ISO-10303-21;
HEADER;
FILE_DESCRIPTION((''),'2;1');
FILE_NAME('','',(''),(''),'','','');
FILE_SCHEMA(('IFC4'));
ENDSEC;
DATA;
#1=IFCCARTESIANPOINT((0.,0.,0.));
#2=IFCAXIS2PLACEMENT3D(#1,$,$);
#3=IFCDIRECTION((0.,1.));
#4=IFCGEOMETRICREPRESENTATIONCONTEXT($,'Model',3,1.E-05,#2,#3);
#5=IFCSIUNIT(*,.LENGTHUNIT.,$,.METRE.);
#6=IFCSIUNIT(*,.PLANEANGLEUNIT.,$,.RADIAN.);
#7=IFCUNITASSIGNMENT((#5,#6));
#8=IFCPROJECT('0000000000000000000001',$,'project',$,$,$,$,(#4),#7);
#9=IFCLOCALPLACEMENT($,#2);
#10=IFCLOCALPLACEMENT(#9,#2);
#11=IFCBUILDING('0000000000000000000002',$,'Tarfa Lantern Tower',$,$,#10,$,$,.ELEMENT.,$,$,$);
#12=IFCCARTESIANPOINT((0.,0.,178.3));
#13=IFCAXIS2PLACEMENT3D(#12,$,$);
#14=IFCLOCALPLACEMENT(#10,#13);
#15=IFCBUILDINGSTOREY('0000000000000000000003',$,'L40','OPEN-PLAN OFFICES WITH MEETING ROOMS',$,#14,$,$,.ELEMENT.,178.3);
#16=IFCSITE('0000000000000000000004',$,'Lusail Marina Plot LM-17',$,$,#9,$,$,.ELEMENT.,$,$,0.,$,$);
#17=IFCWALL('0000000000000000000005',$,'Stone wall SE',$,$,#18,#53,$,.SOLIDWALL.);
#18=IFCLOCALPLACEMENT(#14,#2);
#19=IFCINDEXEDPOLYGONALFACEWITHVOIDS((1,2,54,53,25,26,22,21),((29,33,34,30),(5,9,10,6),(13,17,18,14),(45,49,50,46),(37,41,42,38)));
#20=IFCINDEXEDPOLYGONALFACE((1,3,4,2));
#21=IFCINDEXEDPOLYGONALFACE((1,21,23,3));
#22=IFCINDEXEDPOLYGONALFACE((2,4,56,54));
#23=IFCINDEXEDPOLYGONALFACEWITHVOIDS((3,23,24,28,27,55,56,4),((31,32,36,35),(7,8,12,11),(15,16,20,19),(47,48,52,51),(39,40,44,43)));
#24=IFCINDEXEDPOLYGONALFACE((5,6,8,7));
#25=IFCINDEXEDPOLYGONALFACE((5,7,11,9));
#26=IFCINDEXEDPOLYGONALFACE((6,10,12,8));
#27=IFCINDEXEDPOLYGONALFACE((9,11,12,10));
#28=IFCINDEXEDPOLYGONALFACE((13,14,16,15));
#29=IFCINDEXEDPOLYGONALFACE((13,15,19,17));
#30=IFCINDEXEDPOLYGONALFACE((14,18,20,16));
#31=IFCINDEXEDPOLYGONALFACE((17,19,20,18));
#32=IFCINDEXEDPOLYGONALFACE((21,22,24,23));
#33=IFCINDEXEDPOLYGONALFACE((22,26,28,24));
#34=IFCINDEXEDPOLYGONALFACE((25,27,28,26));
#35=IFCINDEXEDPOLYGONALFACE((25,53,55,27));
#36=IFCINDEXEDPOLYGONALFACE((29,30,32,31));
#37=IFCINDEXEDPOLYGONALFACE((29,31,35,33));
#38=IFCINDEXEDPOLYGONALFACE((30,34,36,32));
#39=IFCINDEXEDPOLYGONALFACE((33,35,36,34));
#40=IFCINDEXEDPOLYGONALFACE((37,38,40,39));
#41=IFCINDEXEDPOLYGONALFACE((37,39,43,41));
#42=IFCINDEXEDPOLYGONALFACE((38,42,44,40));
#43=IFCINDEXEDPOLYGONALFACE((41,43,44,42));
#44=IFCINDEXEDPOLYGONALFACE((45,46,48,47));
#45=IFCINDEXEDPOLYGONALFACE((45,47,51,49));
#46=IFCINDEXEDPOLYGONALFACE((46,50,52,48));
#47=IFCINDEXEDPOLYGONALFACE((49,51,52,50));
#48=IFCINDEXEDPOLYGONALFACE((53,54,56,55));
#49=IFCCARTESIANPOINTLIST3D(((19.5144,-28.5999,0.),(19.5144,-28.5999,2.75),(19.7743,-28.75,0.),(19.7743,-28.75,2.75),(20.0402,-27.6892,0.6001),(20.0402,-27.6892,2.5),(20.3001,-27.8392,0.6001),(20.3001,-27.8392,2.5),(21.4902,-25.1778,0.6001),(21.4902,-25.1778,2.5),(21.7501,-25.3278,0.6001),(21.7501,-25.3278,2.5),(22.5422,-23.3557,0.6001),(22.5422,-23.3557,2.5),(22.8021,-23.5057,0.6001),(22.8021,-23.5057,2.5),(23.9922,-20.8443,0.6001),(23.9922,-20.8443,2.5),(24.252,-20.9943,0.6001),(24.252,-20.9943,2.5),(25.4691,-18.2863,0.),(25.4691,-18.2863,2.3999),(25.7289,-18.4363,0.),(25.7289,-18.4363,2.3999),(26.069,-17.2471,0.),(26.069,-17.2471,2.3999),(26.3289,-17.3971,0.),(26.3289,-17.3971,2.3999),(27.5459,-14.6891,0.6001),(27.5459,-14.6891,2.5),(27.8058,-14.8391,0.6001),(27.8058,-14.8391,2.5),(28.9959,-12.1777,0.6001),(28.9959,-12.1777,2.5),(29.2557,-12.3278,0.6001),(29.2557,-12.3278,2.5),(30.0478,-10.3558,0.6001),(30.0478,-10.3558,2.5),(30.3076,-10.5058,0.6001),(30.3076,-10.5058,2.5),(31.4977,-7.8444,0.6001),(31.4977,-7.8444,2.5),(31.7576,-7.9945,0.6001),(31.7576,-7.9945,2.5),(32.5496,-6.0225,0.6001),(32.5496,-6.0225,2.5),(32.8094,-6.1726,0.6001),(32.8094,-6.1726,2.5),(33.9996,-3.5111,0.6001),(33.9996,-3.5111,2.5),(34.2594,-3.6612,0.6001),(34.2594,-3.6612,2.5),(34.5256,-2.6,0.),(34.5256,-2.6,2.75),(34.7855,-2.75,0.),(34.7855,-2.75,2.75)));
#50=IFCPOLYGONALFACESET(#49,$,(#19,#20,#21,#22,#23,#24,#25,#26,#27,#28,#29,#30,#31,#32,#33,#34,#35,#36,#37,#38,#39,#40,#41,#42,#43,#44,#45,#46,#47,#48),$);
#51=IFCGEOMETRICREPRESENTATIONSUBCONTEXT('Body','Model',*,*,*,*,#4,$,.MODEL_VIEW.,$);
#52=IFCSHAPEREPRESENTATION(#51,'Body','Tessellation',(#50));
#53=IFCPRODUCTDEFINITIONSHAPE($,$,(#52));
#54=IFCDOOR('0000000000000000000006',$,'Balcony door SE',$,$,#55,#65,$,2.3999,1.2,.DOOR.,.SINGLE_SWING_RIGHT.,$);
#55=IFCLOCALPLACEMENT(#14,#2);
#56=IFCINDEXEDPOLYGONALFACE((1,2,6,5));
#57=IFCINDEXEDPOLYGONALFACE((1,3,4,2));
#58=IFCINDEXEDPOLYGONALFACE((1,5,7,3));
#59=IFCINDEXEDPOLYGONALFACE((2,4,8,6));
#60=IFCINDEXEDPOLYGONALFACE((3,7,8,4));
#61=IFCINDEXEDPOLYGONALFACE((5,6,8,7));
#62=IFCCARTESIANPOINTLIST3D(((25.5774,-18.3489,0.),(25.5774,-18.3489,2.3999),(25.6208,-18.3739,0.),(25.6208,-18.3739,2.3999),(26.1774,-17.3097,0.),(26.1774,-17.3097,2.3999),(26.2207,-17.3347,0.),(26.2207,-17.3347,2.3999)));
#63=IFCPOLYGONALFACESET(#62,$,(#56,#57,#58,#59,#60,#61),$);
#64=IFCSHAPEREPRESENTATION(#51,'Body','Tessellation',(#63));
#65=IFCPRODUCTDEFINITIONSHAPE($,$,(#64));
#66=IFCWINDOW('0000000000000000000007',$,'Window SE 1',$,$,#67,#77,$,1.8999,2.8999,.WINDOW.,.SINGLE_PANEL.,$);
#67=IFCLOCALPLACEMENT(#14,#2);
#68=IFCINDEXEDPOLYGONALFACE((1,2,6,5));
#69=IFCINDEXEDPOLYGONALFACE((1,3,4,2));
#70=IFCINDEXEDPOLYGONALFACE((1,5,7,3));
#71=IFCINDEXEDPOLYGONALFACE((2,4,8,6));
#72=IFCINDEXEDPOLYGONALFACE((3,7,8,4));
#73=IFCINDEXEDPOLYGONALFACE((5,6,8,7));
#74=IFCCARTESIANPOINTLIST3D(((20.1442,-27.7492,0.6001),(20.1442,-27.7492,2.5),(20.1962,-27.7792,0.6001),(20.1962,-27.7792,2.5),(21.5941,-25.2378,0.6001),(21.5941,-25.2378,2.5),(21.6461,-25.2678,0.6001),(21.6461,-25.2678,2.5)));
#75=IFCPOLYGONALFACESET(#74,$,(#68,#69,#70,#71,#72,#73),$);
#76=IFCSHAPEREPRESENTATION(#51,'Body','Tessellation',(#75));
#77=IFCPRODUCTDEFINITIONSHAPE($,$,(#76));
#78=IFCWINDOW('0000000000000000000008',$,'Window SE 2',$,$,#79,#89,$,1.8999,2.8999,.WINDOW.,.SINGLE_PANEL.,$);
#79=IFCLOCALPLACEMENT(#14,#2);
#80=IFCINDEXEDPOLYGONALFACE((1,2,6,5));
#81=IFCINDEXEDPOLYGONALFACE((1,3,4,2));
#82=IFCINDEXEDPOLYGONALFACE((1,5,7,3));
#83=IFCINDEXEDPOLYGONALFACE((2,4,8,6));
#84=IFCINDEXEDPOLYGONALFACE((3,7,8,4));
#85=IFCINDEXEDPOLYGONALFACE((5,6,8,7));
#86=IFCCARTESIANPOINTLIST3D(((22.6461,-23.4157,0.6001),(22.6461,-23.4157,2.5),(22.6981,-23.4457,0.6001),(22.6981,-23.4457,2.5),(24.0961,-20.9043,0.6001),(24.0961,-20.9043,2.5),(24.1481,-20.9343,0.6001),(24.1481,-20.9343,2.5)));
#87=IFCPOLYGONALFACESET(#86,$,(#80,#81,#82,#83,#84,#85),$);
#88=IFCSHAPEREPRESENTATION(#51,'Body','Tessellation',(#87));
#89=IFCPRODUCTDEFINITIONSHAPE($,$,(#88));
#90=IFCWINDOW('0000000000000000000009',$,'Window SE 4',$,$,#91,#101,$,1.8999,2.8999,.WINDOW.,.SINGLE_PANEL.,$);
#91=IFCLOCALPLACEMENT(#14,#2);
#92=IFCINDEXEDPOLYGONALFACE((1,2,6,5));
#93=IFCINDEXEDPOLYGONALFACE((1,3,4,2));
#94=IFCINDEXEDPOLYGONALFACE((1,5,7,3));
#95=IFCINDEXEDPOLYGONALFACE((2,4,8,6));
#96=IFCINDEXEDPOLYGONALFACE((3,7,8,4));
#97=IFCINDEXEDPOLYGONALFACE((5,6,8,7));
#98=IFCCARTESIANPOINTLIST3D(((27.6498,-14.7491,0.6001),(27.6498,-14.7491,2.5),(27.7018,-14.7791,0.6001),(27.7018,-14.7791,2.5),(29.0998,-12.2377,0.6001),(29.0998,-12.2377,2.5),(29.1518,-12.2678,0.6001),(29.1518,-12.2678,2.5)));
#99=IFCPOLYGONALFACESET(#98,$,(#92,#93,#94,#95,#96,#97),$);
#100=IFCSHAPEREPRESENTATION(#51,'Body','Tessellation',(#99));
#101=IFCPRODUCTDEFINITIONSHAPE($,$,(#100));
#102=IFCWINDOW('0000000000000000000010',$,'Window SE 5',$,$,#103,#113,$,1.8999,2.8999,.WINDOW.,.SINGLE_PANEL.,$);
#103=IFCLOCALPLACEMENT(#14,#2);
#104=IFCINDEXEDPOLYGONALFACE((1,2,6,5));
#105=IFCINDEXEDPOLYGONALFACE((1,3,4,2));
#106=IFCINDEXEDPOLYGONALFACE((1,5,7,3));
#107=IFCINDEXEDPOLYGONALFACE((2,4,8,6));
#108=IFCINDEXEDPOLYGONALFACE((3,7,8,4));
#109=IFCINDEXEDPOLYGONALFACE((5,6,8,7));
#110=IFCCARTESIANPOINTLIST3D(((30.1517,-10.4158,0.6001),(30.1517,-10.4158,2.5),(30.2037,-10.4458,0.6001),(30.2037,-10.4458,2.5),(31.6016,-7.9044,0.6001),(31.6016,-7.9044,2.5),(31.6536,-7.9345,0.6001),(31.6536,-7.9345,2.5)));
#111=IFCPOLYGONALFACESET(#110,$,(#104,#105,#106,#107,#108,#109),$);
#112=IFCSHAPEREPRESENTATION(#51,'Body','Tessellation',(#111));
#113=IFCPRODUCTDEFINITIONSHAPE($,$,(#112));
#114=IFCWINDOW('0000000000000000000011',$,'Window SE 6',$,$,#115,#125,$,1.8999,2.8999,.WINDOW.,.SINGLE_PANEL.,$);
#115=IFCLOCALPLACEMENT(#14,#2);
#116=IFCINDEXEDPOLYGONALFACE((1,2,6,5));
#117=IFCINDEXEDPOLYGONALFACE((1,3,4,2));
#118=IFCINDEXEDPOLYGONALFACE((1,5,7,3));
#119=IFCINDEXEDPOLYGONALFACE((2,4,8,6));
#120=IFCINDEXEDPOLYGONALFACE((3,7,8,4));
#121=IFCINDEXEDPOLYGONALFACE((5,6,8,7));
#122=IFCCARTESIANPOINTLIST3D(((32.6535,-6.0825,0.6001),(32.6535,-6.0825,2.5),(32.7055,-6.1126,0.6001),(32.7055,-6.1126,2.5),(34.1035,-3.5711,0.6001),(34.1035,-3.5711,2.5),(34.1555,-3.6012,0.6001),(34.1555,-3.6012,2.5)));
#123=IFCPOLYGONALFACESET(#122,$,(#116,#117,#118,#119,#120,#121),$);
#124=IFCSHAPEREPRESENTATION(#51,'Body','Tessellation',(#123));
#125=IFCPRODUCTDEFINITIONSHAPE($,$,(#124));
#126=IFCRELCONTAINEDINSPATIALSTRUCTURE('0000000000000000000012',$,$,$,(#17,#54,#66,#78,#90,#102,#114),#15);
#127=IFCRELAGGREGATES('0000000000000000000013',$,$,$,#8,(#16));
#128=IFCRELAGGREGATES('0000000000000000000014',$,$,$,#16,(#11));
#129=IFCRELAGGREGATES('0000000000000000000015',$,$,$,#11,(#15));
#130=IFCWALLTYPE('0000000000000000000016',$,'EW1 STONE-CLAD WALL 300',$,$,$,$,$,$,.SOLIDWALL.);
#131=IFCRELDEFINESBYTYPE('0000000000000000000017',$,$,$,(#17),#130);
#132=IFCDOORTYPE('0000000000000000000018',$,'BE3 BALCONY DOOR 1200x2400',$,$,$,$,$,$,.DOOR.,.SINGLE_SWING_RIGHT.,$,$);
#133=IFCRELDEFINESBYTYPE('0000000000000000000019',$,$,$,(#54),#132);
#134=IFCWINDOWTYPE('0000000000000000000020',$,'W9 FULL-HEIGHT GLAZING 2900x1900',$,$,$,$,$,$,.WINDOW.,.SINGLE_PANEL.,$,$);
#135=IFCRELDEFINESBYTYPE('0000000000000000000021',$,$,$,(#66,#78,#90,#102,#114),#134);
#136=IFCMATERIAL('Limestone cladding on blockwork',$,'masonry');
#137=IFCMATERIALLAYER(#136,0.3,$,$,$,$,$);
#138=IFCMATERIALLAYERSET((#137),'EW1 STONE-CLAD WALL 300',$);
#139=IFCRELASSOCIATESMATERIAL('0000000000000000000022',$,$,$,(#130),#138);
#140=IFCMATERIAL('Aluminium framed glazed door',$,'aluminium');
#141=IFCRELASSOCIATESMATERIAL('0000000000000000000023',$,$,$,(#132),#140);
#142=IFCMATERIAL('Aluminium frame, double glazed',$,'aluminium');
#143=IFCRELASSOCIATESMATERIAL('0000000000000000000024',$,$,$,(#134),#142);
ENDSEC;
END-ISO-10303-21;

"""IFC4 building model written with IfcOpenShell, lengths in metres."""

from ifc_helpers import new_model, si_unit, direction, frame, frame_2d, origin, place, context, subcontext, project, spatial, rectangle, extrude, material, layer, layer_set, type_object, element, fill, save


model = new_model("IFC4")

# Units and contexts
model_context = context("Model", 3, precision=1e-05, world=origin(), true_north=direction((0.0, 1.0)))
body_context = subcontext(model_context, "Body", "Model", "MODEL_VIEW")
ifc_project = project(units=[si_unit("LENGTHUNIT", "METRE"), si_unit("PLANEANGLEUNIT", "RADIAN")], contexts=[model_context])

# Site, building, storey
site_placement = place(None, origin())
site = spatial("IfcSite", under=ifc_project, at=site_placement, Name="Lusail Marina Plot LM-17", CompositionType="ELEMENT", RefElevation=0.0)
building_placement = place(site_placement, origin())
building = spatial("IfcBuilding", under=site, at=building_placement, Name="Tarfa Lantern Tower", CompositionType="ELEMENT")
storey_placement = place(building_placement, frame((0.0, 0.0, 178.3)))
storey = spatial("IfcBuildingStorey", under=building, at=storey_placement, Name="L40", Description="OPEN-PLAN OFFICES WITH MEETING ROOMS", CompositionType="ELEMENT", Elevation=178.3)

# Wall, openings, door, windows
ifc_material_1 = material(Name="Limestone cladding on blockwork", Category="masonry")
ifc_layer = layer(ifc_material_1, 0.3)
ifc_layer_set = layer_set([ifc_layer], Name="EW1 STONE-CLAD WALL 300")
wall_type = type_object("IfcWallType", Name="EW1 STONE-CLAD WALL 300", PredefinedType="SOLIDWALL", material=ifc_layer_set)
wall_placement = place(storey_placement, frame((19.6443, -28.675, 0.0), z_axis=(0.0, 0.0, 1.0), x_axis=(0.500003, 0.866024, 0.0)))
wall = element("IfcWall", 1, at=wall_placement, inside=storey, type_object=wall_type, Name="Stone wall SE", PredefinedType="SOLIDWALL", context=body_context, shape_type="SweptSolid", body=[
    extrude(rectangle(XDim=30.0222, YDim=0.3, at=frame_2d((15.0112, 0.0))), origin(), (0.0, 0.0, 1.0), 2.75),
])
opening_1_placement = place(wall_placement, frame((1.0518, 0.0, 0.6001)))
opening_1 = element("IfcOpeningElement", 2, at=opening_1_placement, cuts=wall, PredefinedType="OPENING", context=body_context, shape_type="SweptSolid", body=[
    extrude(rectangle(XDim=2.8999, YDim=1.8999, at=frame_2d((1.45, 0.95))), frame((0.0, 0.1599, 0.0), z_axis=(0.0, -1.0, 0.0), x_axis=(1.0, 0.0, 0.0)), (0.0, 0.0, 1.0), 0.3201),
])
opening_2_placement = place(wall_placement, frame((6.0557, 0.0, 0.6001)))
opening_2 = element("IfcOpeningElement", 3, at=opening_2_placement, cuts=wall, PredefinedType="OPENING", context=body_context, shape_type="SweptSolid", body=[
    extrude(rectangle(XDim=2.8999, YDim=1.8999, at=frame_2d((1.45, 0.95))), frame((0.0, 0.1599, 0.0), z_axis=(0.0, -1.0, 0.0), x_axis=(1.0, 0.0, 0.0)), (0.0, 0.0, 1.0), 0.3201),
])
opening_3_placement = place(wall_placement, frame((11.9092, 0.0, 0.0)))
opening_3 = element("IfcOpeningElement", 4, at=opening_3_placement, cuts=wall, PredefinedType="OPENING", context=body_context, shape_type="SweptSolid", body=[
    extrude(rectangle(XDim=1.2, YDim=2.3999, at=frame_2d((0.6001, 1.2))), frame((0.0, 0.1599, 0.0), z_axis=(0.0, -1.0, 0.0), x_axis=(1.0, 0.0, 0.0)), (0.0, 0.0, 1.0), 0.3201),
])
opening_4_placement = place(wall_placement, frame((16.063, 0.0, 0.6001)))
opening_4 = element("IfcOpeningElement", 5, at=opening_4_placement, cuts=wall, PredefinedType="OPENING", context=body_context, shape_type="SweptSolid", body=[
    extrude(rectangle(XDim=2.8999, YDim=1.8999, at=frame_2d((1.45, 0.95))), frame((0.0, 0.1599, 0.0), z_axis=(0.0, -1.0, 0.0), x_axis=(1.0, 0.0, 0.0)), (0.0, 0.0, 1.0), 0.3201),
])
opening_5_placement = place(wall_placement, frame((21.0667, 0.0, 0.6001)))
opening_5 = element("IfcOpeningElement", 6, at=opening_5_placement, cuts=wall, PredefinedType="OPENING", context=body_context, shape_type="SweptSolid", body=[
    extrude(rectangle(XDim=2.8999, YDim=1.8999, at=frame_2d((1.45, 0.95))), frame((0.0, 0.1599, 0.0), z_axis=(0.0, -1.0, 0.0), x_axis=(1.0, 0.0, 0.0)), (0.0, 0.0, 1.0), 0.3201),
])
opening_6_placement = place(wall_placement, frame((26.0703, 0.0, 0.6001)))
opening_6 = element("IfcOpeningElement", 7, at=opening_6_placement, cuts=wall, PredefinedType="OPENING", context=body_context, shape_type="SweptSolid", body=[
    extrude(rectangle(XDim=2.8999, YDim=1.8999, at=frame_2d((1.45, 0.95))), frame((0.0, 0.1599, 0.0), z_axis=(0.0, -1.0, 0.0), x_axis=(1.0, 0.0, 0.0)), (0.0, 0.0, 1.0), 0.3201),
])
ifc_material_2 = material(Name="Aluminium framed glazed door", Category="aluminium")
door_type = type_object("IfcDoorType", Name="BE3 BALCONY DOOR 1200x2400", OperationType="SINGLE_SWING_RIGHT", PredefinedType="DOOR", material=ifc_material_2)
door_placement = place(opening_3_placement, origin())
door = element("IfcDoor", 8, at=door_placement, inside=storey, type_object=door_type, Name="Balcony door SE", OperationType="SINGLE_SWING_RIGHT", OverallHeight=2.3999, OverallWidth=1.2, PredefinedType="DOOR", context=body_context, shape_type="SweptSolid", body=[
    extrude(rectangle(XDim=1.2, YDim=2.3999, at=frame_2d((0.6001, 1.2))), frame((0.0, 0.0249, 0.0), z_axis=(0.0, -1.0, 0.0), x_axis=(1.0, 0.0, 0.0)), (0.0, 0.0, 1.0), 0.05),
])
fill(opening_3, door)
ifc_material_3 = material(Name="Aluminium frame, double glazed", Category="aluminium")
window_type = type_object("IfcWindowType", Name="W9 FULL-HEIGHT GLAZING 2900x1900", PartitioningType="SINGLE_PANEL", PredefinedType="WINDOW", material=ifc_material_3)
window_1_placement = place(opening_1_placement, origin())
window_1 = element("IfcWindow", 9, at=window_1_placement, inside=storey, type_object=window_type, Name="Window SE 1", OverallHeight=1.8999, OverallWidth=2.8999, PartitioningType="SINGLE_PANEL", PredefinedType="WINDOW", context=body_context, shape_type="SweptSolid", body=[
    extrude(rectangle(XDim=2.8999, YDim=1.8999, at=frame_2d((1.45, 0.95))), frame((0.0, 0.03, 0.0), z_axis=(0.0, -1.0, 0.0), x_axis=(1.0, 0.0, 0.0)), (0.0, 0.0, 1.0), 0.0601),
])
fill(opening_1, window_1)
window_2_placement = place(opening_2_placement, origin())
window_2 = element("IfcWindow", 10, at=window_2_placement, inside=storey, type_object=window_type, Name="Window SE 2", OverallHeight=1.8999, OverallWidth=2.8999, PartitioningType="SINGLE_PANEL", PredefinedType="WINDOW", context=body_context, shape_type="SweptSolid", body=[
    extrude(rectangle(XDim=2.8999, YDim=1.8999, at=frame_2d((1.45, 0.95))), frame((0.0, 0.03, 0.0), z_axis=(0.0, -1.0, 0.0), x_axis=(1.0, 0.0, 0.0)), (0.0, 0.0, 1.0), 0.0601),
])
fill(opening_2, window_2)
window_3_placement = place(opening_4_placement, origin())
window_3 = element("IfcWindow", 11, at=window_3_placement, inside=storey, type_object=window_type, Name="Window SE 4", OverallHeight=1.8999, OverallWidth=2.8999, PartitioningType="SINGLE_PANEL", PredefinedType="WINDOW", context=body_context, shape_type="SweptSolid", body=[
    extrude(rectangle(XDim=2.8999, YDim=1.8999, at=frame_2d((1.45, 0.95))), frame((0.0, 0.03, 0.0), z_axis=(0.0, -1.0, 0.0), x_axis=(1.0, 0.0, 0.0)), (0.0, 0.0, 1.0), 0.0601),
])
fill(opening_4, window_3)
window_4_placement = place(opening_5_placement, origin())
window_4 = element("IfcWindow", 12, at=window_4_placement, inside=storey, type_object=window_type, Name="Window SE 5", OverallHeight=1.8999, OverallWidth=2.8999, PartitioningType="SINGLE_PANEL", PredefinedType="WINDOW", context=body_context, shape_type="SweptSolid", body=[
    extrude(rectangle(XDim=2.8999, YDim=1.8999, at=frame_2d((1.45, 0.95))), frame((0.0, 0.03, 0.0), z_axis=(0.0, -1.0, 0.0), x_axis=(1.0, 0.0, 0.0)), (0.0, 0.0, 1.0), 0.0601),
])
fill(opening_5, window_4)
window_5_placement = place(opening_6_placement, origin())
window_5 = element("IfcWindow", 13, at=window_5_placement, inside=storey, type_object=window_type, Name="Window SE 6", OverallHeight=1.8999, OverallWidth=2.8999, PartitioningType="SINGLE_PANEL", PredefinedType="WINDOW", context=body_context, shape_type="SweptSolid", body=[
    extrude(rectangle(XDim=2.8999, YDim=1.8999, at=frame_2d((1.45, 0.95))), frame((0.0, 0.03, 0.0), z_axis=(0.0, -1.0, 0.0), x_axis=(1.0, 0.0, 0.0)), (0.0, 0.0, 1.0), 0.0601),
])
fill(opening_6, window_5)

save(model, "model.ifc")
